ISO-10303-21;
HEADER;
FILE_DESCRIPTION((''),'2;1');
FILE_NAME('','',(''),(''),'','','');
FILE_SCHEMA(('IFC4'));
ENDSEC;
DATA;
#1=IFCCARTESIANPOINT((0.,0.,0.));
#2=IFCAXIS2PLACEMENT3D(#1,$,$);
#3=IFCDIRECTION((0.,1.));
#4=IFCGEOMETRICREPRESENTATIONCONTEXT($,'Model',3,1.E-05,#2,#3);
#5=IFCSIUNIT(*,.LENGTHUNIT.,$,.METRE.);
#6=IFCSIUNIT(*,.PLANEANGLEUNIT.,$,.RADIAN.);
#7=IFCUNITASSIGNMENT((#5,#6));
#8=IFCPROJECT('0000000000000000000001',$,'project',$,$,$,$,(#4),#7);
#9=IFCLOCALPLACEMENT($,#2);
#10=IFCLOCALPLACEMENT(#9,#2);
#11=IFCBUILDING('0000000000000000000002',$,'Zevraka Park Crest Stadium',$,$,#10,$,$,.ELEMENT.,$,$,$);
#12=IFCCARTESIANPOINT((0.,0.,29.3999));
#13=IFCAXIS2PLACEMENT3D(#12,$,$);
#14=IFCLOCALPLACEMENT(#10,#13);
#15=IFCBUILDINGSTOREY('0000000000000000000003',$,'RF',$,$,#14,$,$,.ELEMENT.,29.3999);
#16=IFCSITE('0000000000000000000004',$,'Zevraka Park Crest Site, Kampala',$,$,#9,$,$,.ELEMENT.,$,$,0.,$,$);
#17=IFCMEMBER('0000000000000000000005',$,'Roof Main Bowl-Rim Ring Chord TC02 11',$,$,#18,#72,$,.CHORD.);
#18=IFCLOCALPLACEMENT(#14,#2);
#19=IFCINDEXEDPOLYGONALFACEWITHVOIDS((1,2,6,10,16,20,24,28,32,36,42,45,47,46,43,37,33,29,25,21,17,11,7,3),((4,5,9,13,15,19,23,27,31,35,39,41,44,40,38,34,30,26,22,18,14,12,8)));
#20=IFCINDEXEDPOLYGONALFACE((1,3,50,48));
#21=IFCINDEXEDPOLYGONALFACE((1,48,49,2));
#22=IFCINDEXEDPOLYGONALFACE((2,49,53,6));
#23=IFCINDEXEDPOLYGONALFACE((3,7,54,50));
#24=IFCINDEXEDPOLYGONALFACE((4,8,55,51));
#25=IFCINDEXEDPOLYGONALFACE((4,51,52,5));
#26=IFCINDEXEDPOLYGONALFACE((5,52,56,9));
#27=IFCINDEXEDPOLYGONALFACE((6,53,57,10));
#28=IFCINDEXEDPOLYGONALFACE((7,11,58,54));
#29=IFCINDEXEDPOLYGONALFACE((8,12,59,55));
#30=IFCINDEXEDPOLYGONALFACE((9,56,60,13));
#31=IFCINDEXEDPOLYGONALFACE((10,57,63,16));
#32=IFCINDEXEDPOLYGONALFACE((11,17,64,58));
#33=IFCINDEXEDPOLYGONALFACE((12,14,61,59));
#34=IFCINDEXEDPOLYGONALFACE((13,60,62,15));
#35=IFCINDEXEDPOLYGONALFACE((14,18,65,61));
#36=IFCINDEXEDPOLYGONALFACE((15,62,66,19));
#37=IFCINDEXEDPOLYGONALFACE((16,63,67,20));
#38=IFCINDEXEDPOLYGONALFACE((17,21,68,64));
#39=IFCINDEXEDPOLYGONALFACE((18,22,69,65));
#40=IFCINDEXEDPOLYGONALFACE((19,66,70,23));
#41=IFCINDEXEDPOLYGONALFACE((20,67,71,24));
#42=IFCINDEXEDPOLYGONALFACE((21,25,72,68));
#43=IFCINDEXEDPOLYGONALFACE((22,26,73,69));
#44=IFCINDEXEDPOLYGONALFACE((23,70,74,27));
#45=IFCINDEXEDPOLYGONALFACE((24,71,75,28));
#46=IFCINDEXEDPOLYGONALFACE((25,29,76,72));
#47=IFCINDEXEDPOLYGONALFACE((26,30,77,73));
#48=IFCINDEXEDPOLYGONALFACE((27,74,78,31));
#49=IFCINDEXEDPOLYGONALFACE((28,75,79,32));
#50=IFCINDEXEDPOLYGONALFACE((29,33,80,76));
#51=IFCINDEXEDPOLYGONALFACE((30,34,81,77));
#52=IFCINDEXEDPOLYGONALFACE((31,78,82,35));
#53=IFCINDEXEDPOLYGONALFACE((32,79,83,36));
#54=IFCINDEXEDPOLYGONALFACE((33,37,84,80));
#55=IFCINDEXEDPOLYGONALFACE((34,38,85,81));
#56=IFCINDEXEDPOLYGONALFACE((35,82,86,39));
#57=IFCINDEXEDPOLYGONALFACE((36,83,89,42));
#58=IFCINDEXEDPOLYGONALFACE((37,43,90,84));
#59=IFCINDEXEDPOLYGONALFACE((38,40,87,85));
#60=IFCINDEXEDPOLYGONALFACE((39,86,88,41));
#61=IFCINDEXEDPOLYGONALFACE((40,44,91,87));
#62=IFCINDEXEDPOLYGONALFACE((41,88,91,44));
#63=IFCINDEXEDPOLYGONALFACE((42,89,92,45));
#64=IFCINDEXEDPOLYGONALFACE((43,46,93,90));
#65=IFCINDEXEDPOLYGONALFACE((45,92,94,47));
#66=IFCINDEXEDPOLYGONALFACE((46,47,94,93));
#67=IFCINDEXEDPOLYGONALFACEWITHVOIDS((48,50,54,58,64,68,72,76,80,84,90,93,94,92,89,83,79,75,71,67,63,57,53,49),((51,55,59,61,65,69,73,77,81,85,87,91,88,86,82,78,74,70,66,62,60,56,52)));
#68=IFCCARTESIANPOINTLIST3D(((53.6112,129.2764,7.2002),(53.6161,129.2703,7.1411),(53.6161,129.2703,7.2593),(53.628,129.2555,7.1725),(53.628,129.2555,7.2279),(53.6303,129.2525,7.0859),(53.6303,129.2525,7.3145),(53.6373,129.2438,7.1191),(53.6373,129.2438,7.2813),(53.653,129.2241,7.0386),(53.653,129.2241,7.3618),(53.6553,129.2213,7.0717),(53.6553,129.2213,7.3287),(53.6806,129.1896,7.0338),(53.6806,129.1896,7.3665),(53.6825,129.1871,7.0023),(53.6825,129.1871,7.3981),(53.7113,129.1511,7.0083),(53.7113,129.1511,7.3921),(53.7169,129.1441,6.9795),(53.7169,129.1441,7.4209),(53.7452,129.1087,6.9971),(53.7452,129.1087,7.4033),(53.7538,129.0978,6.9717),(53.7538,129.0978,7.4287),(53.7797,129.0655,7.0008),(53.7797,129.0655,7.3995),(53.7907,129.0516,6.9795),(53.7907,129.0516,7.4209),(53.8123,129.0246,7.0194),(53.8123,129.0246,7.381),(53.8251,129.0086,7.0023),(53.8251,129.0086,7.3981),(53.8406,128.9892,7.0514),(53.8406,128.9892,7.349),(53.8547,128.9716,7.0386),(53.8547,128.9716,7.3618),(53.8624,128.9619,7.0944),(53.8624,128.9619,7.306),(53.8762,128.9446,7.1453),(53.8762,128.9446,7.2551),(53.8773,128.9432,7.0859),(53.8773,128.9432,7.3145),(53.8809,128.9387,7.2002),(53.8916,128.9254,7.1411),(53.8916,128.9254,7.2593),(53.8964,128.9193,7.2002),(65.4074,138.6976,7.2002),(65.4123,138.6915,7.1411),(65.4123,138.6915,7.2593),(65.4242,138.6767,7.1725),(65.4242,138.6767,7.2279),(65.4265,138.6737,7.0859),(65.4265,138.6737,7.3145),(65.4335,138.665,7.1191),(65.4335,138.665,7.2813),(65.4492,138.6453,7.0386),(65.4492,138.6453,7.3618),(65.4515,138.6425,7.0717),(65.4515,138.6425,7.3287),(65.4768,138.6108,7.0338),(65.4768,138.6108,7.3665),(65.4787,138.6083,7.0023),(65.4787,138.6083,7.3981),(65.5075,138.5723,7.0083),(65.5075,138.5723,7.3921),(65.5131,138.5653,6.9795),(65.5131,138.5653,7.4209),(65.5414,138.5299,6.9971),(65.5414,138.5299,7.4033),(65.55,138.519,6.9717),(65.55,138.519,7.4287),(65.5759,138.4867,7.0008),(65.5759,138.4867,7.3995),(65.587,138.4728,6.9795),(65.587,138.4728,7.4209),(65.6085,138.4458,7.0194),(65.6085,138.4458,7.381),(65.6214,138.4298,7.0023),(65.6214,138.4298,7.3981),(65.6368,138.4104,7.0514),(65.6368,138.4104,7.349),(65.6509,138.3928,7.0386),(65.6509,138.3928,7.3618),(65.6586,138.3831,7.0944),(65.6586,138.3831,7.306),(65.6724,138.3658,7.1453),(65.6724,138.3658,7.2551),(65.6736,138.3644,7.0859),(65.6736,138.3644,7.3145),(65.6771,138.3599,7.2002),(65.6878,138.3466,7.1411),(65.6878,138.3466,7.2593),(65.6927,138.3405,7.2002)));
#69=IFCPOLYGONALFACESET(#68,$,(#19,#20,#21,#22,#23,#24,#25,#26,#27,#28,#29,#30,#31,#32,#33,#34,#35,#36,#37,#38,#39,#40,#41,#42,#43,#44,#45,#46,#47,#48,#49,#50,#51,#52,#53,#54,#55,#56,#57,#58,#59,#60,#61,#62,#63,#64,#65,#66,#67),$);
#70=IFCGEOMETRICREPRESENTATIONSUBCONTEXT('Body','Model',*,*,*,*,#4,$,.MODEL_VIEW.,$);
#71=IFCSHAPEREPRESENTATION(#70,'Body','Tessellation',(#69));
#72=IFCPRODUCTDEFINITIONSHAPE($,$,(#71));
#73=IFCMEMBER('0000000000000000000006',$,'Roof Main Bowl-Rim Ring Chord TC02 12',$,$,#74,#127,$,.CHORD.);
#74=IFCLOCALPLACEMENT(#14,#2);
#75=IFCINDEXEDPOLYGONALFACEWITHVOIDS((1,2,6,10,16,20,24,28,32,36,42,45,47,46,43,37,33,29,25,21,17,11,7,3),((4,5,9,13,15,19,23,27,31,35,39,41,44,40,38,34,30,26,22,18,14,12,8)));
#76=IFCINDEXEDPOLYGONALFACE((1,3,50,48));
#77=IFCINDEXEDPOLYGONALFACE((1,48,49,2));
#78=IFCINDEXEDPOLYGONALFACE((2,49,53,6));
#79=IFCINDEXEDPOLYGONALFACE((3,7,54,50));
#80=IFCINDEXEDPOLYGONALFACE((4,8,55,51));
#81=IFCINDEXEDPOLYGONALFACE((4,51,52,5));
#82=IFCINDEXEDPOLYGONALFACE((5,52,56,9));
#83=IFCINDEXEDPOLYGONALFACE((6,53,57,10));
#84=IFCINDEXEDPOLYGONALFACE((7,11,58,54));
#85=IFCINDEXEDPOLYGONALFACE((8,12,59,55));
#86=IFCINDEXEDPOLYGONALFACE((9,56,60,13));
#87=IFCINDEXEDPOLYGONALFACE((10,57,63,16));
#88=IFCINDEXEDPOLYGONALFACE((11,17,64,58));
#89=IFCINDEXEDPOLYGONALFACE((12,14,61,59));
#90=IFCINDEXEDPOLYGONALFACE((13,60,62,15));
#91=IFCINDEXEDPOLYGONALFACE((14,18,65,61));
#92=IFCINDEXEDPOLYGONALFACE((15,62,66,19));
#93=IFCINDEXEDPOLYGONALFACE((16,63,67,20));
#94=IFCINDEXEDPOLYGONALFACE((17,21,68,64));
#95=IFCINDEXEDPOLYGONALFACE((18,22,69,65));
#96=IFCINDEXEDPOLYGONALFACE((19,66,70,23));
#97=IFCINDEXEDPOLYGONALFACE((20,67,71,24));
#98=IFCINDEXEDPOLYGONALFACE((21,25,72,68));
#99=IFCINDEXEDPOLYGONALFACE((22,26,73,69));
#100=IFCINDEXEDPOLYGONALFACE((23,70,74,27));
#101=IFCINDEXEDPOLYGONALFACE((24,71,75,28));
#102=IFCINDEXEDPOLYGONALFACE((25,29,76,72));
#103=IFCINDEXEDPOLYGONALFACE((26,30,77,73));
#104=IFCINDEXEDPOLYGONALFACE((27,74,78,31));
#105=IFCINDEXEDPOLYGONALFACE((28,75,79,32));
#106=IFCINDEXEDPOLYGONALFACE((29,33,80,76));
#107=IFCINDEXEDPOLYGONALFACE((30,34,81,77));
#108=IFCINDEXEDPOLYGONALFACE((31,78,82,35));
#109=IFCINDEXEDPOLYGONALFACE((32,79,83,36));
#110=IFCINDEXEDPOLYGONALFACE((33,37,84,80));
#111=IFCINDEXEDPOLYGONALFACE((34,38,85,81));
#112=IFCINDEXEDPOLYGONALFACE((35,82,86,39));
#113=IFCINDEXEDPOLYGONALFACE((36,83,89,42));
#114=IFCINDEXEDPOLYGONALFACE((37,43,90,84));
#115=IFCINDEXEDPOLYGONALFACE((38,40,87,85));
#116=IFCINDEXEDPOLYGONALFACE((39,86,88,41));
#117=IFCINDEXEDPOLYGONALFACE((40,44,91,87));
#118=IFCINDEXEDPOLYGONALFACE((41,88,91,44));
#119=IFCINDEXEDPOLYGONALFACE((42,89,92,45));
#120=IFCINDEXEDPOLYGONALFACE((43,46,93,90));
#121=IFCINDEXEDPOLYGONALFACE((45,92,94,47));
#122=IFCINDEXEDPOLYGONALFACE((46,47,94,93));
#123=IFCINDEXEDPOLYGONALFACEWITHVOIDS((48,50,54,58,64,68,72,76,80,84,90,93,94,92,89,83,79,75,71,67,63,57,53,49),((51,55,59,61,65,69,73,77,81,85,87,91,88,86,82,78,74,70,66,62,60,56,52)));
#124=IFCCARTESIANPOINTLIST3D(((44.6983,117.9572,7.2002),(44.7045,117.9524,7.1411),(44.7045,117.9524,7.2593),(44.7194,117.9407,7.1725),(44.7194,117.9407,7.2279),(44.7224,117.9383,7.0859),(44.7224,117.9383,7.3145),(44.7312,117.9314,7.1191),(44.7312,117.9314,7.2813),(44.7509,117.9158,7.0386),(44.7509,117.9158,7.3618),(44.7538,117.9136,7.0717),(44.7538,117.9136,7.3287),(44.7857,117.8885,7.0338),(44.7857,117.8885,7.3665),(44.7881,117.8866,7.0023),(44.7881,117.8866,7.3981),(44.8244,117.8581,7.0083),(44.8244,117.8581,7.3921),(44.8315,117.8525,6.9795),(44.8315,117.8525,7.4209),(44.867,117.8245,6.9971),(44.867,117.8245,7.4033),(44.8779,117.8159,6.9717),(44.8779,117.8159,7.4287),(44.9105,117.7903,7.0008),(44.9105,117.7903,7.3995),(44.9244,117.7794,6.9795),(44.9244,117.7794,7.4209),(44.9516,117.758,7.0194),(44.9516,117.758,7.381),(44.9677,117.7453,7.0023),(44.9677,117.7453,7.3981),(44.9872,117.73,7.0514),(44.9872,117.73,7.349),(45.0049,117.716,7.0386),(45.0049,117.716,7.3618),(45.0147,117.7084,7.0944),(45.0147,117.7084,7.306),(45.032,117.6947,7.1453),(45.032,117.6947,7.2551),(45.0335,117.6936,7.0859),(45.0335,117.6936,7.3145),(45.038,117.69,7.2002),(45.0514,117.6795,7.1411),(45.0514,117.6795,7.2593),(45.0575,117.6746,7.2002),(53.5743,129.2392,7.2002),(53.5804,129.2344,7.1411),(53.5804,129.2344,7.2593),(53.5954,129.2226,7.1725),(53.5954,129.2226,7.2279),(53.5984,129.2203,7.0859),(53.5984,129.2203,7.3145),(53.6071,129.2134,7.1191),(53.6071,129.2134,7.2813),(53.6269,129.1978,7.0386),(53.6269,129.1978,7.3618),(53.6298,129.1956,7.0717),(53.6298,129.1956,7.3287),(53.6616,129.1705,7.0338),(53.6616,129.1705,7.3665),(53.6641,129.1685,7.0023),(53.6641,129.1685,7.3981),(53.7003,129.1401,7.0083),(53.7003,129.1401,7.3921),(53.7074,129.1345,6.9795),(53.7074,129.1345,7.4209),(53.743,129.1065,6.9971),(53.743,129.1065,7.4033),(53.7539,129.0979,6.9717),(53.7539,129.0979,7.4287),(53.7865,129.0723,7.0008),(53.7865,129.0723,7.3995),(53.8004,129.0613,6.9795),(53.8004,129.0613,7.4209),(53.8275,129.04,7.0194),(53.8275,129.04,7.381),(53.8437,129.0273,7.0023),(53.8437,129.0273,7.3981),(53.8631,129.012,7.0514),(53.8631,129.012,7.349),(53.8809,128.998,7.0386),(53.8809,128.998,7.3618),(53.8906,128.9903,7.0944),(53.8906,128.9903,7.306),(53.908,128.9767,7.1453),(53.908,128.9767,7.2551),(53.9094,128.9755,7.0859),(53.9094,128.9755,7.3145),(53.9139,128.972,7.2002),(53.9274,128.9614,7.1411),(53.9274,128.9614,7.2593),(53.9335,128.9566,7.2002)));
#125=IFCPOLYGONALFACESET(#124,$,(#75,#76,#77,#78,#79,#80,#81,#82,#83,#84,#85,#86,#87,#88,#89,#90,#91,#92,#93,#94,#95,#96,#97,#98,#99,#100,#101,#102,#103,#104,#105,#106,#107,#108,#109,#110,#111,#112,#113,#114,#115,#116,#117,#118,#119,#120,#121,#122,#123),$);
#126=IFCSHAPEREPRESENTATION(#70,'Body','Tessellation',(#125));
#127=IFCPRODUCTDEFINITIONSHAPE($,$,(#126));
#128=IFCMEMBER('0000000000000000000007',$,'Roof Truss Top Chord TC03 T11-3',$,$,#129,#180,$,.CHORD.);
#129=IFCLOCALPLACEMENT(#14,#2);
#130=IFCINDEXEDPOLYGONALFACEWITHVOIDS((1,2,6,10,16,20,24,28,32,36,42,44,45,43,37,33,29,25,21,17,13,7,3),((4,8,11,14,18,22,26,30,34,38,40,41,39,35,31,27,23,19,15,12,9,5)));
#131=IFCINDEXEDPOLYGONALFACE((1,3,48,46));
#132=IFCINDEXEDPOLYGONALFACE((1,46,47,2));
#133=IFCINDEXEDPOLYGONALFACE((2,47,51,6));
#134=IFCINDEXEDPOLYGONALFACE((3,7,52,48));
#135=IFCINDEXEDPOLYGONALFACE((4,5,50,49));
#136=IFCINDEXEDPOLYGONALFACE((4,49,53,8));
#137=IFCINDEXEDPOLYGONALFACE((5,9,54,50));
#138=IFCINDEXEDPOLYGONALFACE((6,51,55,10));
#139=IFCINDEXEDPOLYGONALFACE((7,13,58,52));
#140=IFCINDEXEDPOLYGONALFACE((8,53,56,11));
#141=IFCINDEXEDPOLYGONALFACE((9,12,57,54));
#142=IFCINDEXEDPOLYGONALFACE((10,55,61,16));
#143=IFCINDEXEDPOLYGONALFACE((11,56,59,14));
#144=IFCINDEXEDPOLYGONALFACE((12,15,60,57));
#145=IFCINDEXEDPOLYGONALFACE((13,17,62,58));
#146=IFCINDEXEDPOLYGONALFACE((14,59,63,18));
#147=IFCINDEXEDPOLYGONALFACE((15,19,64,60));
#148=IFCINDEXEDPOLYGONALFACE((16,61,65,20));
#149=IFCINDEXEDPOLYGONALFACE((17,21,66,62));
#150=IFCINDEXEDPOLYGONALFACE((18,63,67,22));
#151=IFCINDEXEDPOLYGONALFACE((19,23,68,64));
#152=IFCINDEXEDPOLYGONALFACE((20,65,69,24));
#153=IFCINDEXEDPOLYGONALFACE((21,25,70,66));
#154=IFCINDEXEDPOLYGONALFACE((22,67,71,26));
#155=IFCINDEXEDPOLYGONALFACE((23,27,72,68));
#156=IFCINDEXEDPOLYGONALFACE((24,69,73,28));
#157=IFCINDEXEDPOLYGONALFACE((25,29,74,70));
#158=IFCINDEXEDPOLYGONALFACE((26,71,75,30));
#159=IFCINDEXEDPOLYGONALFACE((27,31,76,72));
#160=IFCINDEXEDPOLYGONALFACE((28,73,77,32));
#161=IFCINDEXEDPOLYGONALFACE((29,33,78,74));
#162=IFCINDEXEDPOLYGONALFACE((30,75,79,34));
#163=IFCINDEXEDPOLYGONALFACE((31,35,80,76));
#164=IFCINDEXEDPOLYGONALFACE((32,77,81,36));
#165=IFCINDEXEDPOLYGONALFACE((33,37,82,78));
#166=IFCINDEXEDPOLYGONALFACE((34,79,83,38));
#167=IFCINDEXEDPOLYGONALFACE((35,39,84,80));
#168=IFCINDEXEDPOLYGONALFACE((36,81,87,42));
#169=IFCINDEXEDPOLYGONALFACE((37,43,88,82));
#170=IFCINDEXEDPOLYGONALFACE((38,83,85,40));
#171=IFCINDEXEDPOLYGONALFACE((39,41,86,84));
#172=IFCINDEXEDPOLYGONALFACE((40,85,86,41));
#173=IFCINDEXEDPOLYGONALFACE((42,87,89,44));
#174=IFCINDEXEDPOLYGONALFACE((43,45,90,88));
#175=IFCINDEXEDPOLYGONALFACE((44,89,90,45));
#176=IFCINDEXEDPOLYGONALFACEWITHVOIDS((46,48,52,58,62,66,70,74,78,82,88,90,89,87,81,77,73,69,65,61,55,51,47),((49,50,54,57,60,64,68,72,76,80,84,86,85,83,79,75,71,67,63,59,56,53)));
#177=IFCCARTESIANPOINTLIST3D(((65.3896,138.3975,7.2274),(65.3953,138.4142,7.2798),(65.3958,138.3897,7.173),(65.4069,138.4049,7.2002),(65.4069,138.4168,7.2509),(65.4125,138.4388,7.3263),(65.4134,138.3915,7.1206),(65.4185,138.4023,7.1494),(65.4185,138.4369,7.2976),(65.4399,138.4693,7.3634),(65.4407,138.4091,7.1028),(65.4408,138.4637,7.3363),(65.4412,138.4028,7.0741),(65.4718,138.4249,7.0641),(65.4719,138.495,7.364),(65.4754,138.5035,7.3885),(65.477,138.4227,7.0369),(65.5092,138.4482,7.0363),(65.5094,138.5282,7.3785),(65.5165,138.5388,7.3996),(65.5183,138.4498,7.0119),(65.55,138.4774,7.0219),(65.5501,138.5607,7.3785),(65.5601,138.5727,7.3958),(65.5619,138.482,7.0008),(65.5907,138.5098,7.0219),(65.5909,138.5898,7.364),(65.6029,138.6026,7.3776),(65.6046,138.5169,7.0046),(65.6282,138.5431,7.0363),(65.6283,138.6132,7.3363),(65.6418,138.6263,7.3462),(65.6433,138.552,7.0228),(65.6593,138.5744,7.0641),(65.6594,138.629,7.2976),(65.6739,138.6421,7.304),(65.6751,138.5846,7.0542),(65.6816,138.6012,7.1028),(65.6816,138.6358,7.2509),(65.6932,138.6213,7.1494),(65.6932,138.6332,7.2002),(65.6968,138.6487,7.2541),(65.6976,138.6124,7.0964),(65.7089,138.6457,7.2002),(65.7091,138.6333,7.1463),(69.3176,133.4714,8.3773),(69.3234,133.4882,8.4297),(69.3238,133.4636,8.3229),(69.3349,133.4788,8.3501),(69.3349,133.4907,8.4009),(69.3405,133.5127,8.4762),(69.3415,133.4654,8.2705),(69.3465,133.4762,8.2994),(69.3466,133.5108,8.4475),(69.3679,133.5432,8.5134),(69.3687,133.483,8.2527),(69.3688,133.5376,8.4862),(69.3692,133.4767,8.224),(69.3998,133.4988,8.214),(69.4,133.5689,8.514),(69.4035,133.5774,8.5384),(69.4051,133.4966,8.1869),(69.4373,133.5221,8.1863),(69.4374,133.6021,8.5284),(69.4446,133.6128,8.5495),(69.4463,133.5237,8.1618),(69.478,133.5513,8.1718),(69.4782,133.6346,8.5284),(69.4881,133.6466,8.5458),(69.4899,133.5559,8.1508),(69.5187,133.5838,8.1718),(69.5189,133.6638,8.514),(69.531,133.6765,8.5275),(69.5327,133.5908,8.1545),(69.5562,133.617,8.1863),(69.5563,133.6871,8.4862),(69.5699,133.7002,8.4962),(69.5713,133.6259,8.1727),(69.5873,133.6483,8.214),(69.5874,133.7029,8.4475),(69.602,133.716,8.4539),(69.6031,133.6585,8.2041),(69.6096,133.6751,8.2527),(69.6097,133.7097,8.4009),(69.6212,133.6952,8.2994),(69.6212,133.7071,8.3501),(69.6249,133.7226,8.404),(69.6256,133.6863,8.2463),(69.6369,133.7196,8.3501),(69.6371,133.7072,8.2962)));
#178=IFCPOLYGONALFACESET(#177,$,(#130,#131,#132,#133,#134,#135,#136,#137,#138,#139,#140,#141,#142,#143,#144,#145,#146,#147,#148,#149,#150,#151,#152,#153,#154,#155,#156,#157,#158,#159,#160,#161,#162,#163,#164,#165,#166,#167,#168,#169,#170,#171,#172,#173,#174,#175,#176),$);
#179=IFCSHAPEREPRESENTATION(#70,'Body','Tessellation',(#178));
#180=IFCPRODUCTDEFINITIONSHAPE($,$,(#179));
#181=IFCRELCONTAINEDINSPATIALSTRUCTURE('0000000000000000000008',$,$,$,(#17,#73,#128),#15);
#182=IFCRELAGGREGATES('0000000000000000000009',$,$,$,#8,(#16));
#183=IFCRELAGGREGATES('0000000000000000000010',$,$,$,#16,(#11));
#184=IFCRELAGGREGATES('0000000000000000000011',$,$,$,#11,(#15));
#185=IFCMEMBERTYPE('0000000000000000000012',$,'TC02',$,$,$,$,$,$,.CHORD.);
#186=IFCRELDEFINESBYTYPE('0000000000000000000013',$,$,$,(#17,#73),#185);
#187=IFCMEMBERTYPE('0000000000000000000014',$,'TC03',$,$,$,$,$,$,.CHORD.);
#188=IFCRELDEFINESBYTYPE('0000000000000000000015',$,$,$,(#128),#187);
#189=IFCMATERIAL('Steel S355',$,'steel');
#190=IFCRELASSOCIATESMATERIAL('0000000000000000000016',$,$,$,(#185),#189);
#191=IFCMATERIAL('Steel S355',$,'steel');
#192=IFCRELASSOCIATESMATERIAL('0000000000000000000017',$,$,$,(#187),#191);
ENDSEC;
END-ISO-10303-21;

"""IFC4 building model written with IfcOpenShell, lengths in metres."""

from ifc_helpers import new_model, si_unit, direction, frame, origin, origin_2d, place, context, subcontext, project, spatial, hollow_circle, extrude, material, material_profile, profile_set, type_object, element, save


model = new_model("IFC4")

# Units and contexts
model_context = context("Model", 3, precision=1e-05, world=origin(), true_north=direction((0.0, 1.0)))
body_context = subcontext(model_context, "Body", "Model", "MODEL_VIEW")
ifc_project = project(units=[si_unit("LENGTHUNIT", "METRE"), si_unit("PLANEANGLEUNIT", "RADIAN")], contexts=[model_context])

# Site, building, storey
site_placement = place(None, origin())
site = spatial("IfcSite", under=ifc_project, at=site_placement, Name="Zevraka Park Crest Site, Kampala", CompositionType="ELEMENT", RefElevation=0.0)
building_placement = place(site_placement, origin())
building = spatial("IfcBuilding", under=site, at=building_placement, Name="Zevraka Park Crest Stadium", CompositionType="ELEMENT")
storey_placement = place(building_placement, frame((0.0, 0.0, 29.3999)))
storey = spatial("IfcBuildingStorey", under=building, at=storey_placement, Name="RF", CompositionType="ELEMENT", Elevation=29.3999)

# Members
ifc_material_1 = material(Name="Steel S355", Category="steel")
ifc_material_profile_1 = material_profile(ifc_material_1, hollow_circle(Radius=0.2285, WallThickness=0.0249, at=origin_2d()), Name="CHS 457.0x25")
ifc_profile_set_1 = profile_set([ifc_material_profile_1], Name="Steel S355")
member_type_1 = type_object("IfcMemberType", Name="TC02", PredefinedType="CHORD", material=ifc_profile_set_1)
member_1_placement = place(storey_placement, frame((65.55, 138.519, 7.2002), z_axis=(-0.781378, -0.624058, 0.0), x_axis=(0.624058, -0.781378, 0.0)))
element("IfcMember", 1, at=member_1_placement, inside=storey, type_object=member_type_1, Name="Roof Main Bowl-Rim Ring Chord TC02 11", PredefinedType="CHORD", context=body_context, shape_type="SweptSolid", body=[
    extrude(hollow_circle(Radius=0.2285, WallThickness=0.0249, at=origin_2d()), origin(), (0.0, 0.0, 1.0), 15.0967),
])
member_2_placement = place(storey_placement, frame((53.7539, 129.0979, 7.2002), z_axis=(-0.618319, -0.785927, 0.0), x_axis=(0.785927, -0.618319, 0.0)))
element("IfcMember", 2, at=member_2_placement, inside=storey, type_object=member_type_1, Name="Roof Main Bowl-Rim Ring Chord TC02 12", PredefinedType="CHORD", context=body_context, shape_type="SweptSolid", body=[
    extrude(hollow_circle(Radius=0.2285, WallThickness=0.0249, at=origin_2d()), origin(), (0.0, 0.0, 1.0), 14.355),
])
ifc_material_2 = material(Name="Steel S355", Category="steel")
ifc_material_profile_2 = material_profile(ifc_material_2, hollow_circle(Radius=0.2031, WallThickness=0.02, at=origin_2d()), Name="CHS 406.4x20")
ifc_profile_set_2 = profile_set([ifc_material_profile_2], Name="Steel S355")
member_type_2 = type_object("IfcMemberType", Name="TC03", PredefinedType="CHORD", material=ifc_profile_set_2)
member_3_placement = place(storey_placement, frame((65.55, 138.519, 7.2002), z_axis=(0.61332, -0.769156, 0.179547), x_axis=(0.781862, 0.623451, 0.0)))
element("IfcMember", 3, at=member_3_placement, inside=storey, type_object=member_type_2, Name="Roof Truss Top Chord TC03 T11-3", PredefinedType="CHORD", context=body_context, shape_type="SweptSolid", body=[
    extrude(hollow_circle(Radius=0.2031, WallThickness=0.02, at=origin_2d()), origin(), (0.0, 0.0, 1.0), 6.4045),
])

save(model, "model.ifc")
